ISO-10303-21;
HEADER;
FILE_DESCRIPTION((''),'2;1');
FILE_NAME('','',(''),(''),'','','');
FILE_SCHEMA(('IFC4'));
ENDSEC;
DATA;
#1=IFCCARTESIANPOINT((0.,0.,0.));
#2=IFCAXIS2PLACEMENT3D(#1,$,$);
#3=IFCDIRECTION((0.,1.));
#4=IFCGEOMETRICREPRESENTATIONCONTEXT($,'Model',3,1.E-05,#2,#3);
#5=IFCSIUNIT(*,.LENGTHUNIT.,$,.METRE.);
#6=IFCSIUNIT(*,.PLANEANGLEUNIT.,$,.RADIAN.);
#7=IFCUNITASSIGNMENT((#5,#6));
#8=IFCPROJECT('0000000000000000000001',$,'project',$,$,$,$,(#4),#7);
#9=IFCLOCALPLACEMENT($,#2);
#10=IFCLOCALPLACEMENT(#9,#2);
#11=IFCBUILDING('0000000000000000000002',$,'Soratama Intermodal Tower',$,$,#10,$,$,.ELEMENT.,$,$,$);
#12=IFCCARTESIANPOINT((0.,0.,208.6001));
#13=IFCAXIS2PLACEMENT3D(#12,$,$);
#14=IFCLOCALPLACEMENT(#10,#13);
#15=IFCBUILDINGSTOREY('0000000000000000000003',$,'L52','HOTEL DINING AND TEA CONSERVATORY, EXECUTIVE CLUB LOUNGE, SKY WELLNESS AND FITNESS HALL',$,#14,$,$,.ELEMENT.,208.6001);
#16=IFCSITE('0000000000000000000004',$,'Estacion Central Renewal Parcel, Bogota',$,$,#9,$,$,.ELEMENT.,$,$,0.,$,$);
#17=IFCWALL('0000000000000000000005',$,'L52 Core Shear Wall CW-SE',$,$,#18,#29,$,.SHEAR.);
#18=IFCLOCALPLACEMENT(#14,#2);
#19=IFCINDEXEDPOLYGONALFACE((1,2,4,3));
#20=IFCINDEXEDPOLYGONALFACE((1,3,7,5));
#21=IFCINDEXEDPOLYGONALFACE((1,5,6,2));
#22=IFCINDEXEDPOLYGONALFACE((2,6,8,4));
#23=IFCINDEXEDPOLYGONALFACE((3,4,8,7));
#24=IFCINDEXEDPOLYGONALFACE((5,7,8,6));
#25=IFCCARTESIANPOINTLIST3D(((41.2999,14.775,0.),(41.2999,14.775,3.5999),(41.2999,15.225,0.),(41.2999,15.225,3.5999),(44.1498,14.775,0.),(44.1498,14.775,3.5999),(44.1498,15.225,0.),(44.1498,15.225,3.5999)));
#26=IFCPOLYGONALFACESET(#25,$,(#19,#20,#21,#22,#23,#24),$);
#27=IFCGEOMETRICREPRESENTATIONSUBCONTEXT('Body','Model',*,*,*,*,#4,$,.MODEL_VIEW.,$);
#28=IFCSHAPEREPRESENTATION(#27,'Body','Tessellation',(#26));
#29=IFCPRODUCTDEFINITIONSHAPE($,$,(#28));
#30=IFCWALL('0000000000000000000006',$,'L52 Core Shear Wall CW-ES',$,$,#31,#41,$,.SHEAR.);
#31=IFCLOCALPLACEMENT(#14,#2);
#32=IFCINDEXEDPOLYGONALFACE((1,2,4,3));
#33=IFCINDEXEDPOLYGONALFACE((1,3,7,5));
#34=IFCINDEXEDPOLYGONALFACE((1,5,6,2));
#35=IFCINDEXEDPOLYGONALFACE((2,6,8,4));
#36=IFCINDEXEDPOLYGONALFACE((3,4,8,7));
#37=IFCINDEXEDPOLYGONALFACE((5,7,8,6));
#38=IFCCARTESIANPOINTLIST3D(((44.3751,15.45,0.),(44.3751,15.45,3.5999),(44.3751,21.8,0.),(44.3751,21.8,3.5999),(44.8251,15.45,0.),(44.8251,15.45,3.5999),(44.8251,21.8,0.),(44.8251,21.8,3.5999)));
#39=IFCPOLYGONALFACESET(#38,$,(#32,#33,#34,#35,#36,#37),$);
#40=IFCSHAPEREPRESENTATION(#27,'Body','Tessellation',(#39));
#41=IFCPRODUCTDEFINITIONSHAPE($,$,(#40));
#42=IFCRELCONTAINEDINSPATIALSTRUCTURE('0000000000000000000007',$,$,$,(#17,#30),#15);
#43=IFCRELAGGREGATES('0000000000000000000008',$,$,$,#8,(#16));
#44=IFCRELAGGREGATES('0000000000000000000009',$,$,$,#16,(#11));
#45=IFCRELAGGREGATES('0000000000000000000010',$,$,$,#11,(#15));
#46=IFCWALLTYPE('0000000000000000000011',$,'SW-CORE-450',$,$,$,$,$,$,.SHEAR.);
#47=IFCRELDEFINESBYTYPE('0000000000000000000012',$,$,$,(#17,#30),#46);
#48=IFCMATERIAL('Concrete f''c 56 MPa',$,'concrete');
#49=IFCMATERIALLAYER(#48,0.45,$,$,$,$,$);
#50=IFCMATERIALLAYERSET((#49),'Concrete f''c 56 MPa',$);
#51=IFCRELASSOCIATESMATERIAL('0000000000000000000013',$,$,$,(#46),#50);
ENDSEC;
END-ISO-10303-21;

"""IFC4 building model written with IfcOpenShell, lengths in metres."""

from ifc_helpers import new_model, si_unit, direction, frame, frame_2d, origin, place, context, subcontext, project, spatial, rectangle, extrude, material, layer, layer_set, type_object, element, save


model = new_model("IFC4")

# Units and contexts
model_context = context("Model", 3, precision=1e-05, world=origin(), true_north=direction((0.0, 1.0)))
body_context = subcontext(model_context, "Body", "Model", "MODEL_VIEW")
ifc_project = project(units=[si_unit("LENGTHUNIT", "METRE"), si_unit("PLANEANGLEUNIT", "RADIAN")], contexts=[model_context])

# Site, building, storey
site_placement = place(None, origin())
site = spatial("IfcSite", under=ifc_project, at=site_placement, Name="Estacion Central Renewal Parcel, Bogota", CompositionType="ELEMENT", RefElevation=0.0)
building_placement = place(site_placement, origin())
building = spatial("IfcBuilding", under=site, at=building_placement, Name="Soratama Intermodal Tower", CompositionType="ELEMENT")
storey_placement = place(building_placement, frame((0.0, 0.0, 208.6001)))
storey = spatial("IfcBuildingStorey", under=building, at=storey_placement, Name="L52", Description="HOTEL DINING AND TEA CONSERVATORY, EXECUTIVE CLUB LOUNGE, SKY WELLNESS AND FITNESS HALL", CompositionType="ELEMENT", Elevation=208.6001)

# Walls
ifc_material_1 = material(Name="Concrete f'c 56 MPa", Category="concrete")
ifc_layer_1 = layer(ifc_material_1, 0.45)
ifc_layer_set_1 = layer_set([ifc_layer_1], Name="Concrete f'c 56 MPa")
wall_type_1 = type_object("IfcWallType", Name="SW-CORE-450", PredefinedType="SHEAR", material=ifc_layer_set_1)
wall_1_placement = place(storey_placement, frame((41.3, 15.0, 0.0), z_axis=(0.0, 0.0, 1.0), x_axis=(1.0, 0.0, 0.0)))
element("IfcWall", 1, at=wall_1_placement, inside=storey, type_object=wall_type_1, Name="L52 Core Shear Wall CW-SE", PredefinedType="SHEAR", context=body_context, shape_type="SweptSolid", body=[
    extrude(rectangle(XDim=2.8499, YDim=0.45, at=frame_2d((1.4248, 0.0))), origin(), (0.0, 0.0, 1.0), 3.5999),
])
wall_2_placement = place(storey_placement, frame((44.6001, 15.45, 0.0), z_axis=(0.0, 0.0, 1.0), x_axis=(0.0, 1.0, 0.0)))
element("IfcWall", 2, at=wall_2_placement, inside=storey, type_object=wall_type_1, Name="L52 Core Shear Wall CW-ES", PredefinedType="SHEAR", context=body_context, shape_type="SweptSolid", body=[
    extrude(rectangle(XDim=6.3501, YDim=0.45, at=frame_2d((3.175, 0.0))), origin(), (0.0, 0.0, 1.0), 3.5999),
])

save(model, "model.ifc")
